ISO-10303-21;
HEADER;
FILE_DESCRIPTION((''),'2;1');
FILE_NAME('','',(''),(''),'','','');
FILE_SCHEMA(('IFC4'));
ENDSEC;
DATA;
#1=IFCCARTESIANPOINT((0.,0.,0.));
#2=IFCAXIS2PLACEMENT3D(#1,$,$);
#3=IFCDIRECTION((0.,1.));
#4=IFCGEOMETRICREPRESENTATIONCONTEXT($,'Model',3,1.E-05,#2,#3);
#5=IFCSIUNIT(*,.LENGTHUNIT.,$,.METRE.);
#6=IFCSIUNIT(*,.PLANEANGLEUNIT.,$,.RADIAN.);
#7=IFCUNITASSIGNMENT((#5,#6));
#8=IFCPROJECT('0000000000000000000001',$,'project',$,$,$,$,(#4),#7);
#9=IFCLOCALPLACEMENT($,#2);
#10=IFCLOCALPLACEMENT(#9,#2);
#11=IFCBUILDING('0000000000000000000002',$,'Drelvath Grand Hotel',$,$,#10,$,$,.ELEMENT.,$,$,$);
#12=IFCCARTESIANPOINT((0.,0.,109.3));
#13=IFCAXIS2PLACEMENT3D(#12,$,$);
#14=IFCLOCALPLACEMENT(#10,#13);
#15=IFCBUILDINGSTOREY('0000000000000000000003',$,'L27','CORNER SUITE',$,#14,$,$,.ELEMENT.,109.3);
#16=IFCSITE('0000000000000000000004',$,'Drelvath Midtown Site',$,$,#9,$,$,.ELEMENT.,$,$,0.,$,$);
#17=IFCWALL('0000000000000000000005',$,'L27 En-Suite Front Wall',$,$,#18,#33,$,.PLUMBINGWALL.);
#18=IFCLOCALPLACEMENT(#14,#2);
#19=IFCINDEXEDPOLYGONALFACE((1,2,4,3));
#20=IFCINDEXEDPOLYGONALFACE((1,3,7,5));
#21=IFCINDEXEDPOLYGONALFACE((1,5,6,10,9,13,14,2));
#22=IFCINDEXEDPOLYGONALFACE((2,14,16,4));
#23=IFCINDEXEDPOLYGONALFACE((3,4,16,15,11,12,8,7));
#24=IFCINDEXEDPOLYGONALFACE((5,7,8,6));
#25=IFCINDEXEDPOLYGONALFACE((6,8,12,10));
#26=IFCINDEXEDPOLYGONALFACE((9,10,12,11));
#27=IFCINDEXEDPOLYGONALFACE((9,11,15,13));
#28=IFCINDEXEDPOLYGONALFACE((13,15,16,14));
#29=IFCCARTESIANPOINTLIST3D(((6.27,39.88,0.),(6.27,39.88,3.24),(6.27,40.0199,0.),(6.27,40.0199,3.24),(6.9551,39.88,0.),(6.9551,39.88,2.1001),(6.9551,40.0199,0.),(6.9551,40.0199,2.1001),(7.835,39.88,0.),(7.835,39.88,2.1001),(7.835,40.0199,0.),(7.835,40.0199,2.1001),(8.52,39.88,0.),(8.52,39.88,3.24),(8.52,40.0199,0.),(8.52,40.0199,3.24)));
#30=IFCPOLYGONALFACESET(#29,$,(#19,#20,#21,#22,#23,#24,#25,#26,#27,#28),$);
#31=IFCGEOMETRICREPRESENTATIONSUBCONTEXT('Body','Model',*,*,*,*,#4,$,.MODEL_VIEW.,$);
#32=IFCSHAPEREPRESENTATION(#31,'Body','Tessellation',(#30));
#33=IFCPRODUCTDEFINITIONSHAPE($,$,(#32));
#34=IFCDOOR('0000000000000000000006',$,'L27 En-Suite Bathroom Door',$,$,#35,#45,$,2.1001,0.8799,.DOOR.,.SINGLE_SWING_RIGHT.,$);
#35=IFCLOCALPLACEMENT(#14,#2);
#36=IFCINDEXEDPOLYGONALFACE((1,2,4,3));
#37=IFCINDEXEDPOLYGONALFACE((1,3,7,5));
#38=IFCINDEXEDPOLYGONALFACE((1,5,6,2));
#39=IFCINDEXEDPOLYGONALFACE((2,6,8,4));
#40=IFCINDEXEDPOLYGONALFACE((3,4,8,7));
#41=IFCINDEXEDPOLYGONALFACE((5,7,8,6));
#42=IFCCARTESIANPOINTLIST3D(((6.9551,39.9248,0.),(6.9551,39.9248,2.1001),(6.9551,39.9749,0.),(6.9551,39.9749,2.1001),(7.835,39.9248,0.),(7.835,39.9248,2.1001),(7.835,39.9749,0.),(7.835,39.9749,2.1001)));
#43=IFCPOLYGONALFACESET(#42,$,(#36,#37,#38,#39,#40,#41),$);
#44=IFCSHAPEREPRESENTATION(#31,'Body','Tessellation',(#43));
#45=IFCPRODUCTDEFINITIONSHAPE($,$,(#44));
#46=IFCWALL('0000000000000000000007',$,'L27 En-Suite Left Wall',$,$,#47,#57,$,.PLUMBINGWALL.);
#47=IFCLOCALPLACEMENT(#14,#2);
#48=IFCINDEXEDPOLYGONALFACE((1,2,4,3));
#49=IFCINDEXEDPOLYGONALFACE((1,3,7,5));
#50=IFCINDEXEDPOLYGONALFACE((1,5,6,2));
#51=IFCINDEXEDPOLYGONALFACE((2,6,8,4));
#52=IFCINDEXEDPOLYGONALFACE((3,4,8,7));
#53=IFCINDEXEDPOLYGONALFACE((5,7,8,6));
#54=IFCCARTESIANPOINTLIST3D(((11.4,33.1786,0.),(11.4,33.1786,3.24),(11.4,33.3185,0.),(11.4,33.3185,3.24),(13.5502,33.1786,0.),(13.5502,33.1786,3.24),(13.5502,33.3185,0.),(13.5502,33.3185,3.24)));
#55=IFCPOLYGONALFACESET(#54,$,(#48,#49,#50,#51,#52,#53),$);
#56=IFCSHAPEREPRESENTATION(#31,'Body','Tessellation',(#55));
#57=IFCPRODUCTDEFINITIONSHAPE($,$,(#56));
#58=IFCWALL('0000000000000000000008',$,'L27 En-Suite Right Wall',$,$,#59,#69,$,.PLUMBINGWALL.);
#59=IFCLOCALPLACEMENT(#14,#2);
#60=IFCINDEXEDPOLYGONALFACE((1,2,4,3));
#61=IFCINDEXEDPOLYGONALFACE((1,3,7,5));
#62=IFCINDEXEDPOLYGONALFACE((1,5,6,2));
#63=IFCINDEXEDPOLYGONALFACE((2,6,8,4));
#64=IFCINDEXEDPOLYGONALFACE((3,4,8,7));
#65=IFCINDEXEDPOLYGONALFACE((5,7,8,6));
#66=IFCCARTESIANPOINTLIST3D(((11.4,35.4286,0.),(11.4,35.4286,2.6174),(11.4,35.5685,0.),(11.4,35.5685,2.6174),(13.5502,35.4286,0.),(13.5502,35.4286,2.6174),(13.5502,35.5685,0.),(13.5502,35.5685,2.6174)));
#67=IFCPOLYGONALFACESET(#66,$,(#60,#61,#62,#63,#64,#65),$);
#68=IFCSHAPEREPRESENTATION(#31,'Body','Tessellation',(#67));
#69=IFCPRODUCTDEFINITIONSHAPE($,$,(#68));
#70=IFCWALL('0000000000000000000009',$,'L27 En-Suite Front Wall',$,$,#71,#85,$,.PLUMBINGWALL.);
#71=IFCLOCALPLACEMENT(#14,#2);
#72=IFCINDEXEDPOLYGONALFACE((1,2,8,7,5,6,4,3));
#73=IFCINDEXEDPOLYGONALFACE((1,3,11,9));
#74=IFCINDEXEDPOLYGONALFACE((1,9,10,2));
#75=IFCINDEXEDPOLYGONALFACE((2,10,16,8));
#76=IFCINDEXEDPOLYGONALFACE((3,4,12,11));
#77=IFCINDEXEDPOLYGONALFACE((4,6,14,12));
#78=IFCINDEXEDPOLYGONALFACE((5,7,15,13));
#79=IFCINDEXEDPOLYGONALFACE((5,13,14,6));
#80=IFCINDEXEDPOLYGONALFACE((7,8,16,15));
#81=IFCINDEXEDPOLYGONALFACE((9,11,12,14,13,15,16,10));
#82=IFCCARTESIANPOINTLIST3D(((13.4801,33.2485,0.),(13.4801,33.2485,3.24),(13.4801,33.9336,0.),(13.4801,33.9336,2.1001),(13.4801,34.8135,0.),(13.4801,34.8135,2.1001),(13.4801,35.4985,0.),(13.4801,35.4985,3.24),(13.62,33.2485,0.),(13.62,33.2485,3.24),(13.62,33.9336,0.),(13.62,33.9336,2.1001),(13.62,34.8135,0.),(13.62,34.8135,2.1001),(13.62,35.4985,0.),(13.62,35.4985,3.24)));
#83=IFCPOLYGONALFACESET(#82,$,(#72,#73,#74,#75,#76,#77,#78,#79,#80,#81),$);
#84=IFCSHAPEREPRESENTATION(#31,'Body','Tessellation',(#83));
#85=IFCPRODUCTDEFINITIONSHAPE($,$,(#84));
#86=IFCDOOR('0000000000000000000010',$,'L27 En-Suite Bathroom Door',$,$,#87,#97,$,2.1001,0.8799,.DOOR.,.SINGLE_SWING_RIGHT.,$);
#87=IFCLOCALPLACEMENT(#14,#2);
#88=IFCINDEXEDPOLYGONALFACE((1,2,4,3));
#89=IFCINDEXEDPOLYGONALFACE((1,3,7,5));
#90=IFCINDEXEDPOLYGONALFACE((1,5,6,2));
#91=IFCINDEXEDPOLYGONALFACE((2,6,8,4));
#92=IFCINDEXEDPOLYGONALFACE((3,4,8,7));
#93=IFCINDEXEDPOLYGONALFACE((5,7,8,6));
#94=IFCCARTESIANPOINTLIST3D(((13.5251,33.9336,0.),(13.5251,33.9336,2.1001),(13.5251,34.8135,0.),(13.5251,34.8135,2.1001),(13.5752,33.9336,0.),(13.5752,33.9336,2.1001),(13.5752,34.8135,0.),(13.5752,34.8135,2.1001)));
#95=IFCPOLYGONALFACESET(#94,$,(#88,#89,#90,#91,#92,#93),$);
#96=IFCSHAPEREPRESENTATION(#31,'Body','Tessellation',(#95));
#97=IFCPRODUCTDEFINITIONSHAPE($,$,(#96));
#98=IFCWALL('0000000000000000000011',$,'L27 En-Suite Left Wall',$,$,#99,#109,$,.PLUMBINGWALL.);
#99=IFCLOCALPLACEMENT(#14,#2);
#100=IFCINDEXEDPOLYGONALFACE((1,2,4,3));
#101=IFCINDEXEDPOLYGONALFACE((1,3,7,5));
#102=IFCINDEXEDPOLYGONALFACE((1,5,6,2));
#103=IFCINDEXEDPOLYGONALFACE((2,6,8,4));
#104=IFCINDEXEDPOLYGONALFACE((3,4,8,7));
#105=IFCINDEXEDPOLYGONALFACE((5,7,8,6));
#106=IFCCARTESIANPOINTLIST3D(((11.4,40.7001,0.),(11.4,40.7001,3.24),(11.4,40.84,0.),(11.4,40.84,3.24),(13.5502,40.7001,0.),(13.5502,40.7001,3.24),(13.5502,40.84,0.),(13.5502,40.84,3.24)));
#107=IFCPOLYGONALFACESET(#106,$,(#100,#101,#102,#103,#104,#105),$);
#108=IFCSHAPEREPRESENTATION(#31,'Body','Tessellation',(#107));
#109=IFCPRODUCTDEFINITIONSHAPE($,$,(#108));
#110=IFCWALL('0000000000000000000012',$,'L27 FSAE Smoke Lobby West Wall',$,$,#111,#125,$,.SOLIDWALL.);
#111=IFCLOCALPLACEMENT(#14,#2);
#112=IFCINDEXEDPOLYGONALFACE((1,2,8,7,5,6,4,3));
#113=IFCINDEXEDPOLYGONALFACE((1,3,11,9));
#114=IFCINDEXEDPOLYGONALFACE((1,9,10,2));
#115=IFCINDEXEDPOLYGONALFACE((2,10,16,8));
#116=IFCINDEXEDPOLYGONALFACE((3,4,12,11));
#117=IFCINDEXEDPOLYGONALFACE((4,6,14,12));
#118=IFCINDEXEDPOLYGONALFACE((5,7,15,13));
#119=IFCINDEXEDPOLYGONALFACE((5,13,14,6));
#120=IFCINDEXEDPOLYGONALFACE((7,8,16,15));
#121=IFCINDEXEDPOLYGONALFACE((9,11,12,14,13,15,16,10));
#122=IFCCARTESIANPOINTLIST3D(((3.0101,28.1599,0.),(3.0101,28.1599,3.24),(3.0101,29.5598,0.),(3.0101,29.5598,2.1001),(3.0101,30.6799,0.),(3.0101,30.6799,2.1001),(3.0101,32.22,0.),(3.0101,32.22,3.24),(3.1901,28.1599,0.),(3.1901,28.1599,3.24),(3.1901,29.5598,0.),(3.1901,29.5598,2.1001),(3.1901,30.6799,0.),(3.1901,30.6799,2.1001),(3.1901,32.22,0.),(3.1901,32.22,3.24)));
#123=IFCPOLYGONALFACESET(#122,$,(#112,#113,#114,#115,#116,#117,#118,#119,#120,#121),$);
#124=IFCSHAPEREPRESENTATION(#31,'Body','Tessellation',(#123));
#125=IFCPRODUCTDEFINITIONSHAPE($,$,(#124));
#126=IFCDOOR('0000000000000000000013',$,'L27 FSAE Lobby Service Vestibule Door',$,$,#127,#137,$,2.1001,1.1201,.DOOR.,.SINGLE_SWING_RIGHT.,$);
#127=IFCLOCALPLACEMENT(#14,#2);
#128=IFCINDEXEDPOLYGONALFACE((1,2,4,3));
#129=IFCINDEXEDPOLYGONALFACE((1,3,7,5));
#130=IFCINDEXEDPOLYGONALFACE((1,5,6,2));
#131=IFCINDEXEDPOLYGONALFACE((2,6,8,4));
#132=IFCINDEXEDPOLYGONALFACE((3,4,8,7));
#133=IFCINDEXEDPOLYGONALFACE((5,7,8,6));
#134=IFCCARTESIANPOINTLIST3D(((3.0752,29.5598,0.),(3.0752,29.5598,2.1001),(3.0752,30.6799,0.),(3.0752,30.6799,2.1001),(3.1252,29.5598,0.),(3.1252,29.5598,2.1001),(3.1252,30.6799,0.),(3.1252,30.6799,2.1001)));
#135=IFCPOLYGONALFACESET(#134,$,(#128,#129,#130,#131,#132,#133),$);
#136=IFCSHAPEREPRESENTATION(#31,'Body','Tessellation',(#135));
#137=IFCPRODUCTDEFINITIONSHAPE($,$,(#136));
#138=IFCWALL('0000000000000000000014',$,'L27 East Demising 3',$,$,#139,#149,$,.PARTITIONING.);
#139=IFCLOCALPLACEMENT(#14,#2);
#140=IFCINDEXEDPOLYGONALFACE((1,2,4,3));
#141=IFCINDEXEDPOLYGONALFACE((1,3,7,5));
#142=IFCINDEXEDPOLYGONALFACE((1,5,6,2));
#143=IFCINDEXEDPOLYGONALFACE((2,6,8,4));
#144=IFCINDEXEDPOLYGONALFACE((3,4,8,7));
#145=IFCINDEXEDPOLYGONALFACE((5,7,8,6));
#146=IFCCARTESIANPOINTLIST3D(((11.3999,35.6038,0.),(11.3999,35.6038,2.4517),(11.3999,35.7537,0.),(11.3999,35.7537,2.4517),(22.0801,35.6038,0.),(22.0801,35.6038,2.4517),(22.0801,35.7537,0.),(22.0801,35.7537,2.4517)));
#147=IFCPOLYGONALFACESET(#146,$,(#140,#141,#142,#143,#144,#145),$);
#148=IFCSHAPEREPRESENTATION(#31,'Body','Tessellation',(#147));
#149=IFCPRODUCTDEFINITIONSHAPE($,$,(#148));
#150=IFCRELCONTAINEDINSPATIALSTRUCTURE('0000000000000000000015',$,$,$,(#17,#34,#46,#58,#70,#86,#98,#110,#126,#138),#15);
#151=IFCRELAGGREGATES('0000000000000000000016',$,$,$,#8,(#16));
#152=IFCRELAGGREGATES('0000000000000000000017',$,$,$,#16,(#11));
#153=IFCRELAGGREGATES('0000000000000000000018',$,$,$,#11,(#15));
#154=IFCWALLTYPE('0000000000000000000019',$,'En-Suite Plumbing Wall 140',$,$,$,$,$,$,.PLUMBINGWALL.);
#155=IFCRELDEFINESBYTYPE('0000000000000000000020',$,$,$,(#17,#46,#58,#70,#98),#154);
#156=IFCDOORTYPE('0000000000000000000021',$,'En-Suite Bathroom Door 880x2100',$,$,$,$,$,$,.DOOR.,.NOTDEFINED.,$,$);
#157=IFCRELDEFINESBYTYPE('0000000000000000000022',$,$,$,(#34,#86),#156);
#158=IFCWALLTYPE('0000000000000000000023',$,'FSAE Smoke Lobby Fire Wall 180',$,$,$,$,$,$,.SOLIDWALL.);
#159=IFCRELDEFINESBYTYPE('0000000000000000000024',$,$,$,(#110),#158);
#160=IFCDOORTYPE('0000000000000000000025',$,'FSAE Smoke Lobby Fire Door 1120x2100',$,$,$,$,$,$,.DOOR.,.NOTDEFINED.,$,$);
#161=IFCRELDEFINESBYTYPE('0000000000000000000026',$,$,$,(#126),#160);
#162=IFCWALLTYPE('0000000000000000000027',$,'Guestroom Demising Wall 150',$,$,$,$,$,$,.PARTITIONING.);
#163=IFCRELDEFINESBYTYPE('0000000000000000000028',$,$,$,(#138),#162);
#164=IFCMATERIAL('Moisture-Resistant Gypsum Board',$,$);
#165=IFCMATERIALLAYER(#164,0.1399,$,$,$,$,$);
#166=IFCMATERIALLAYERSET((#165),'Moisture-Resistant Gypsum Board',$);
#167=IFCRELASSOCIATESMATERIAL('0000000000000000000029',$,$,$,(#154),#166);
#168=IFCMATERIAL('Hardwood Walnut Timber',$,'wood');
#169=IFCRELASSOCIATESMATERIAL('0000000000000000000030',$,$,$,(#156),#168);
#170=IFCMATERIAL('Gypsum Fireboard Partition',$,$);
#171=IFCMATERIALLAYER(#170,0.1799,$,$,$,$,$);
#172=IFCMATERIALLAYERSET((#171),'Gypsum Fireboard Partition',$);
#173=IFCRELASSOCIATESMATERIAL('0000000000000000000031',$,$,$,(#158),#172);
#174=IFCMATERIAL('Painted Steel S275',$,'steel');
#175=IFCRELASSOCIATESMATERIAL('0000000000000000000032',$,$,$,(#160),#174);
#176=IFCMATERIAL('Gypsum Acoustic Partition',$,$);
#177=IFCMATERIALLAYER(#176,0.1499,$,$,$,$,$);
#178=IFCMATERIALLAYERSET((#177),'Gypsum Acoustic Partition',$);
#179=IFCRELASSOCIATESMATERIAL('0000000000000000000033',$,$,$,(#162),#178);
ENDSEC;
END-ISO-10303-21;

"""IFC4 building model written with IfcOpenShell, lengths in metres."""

from ifc_helpers import new_model, si_unit, direction, frame, frame_2d, origin, place, context, subcontext, project, spatial, rectangle, extrude, material, layer, layer_set, type_object, element, fill, save


model = new_model("IFC4")

# Units and contexts
model_context = context("Model", 3, precision=1e-05, world=origin(), true_north=direction((0.0, 1.0)))
body_context = subcontext(model_context, "Body", "Model", "MODEL_VIEW")
ifc_project = project(units=[si_unit("LENGTHUNIT", "METRE"), si_unit("PLANEANGLEUNIT", "RADIAN")], contexts=[model_context])

# Site, building, storey
site_placement = place(None, origin())
site = spatial("IfcSite", under=ifc_project, at=site_placement, Name="Drelvath Midtown Site", CompositionType="ELEMENT", RefElevation=0.0)
building_placement = place(site_placement, origin())
building = spatial("IfcBuilding", under=site, at=building_placement, Name="Drelvath Grand Hotel", CompositionType="ELEMENT")
storey_placement = place(building_placement, frame((0.0, 0.0, 109.3)))
storey = spatial("IfcBuildingStorey", under=building, at=storey_placement, Name="L27", Description="CORNER SUITE", CompositionType="ELEMENT", Elevation=109.3)

# Shared definitions
ifc_material_1 = material(Name="Painted Steel S275", Category="steel")

# Shared definitions
ifc_material_2 = material(Name="Gypsum Fireboard Partition")
ifc_material_3 = material(Name="Moisture-Resistant Gypsum Board")
ifc_layer_1 = layer(ifc_material_3, 0.1399)
ifc_layer_set_1 = layer_set([ifc_layer_1], Name="Moisture-Resistant Gypsum Board")
wall_type_1 = type_object("IfcWallType", Name="En-Suite Plumbing Wall 140", PredefinedType="PLUMBINGWALL", material=ifc_layer_set_1)

# Wall, opening, door
wall_1_placement = place(storey_placement, frame((6.27, 39.95, 0.0), z_axis=(0.0, 0.0, 1.0), x_axis=(1.0, 0.0, 0.0)))
wall_1 = element("IfcWall", 1, at=wall_1_placement, inside=storey, type_object=wall_type_1, Name="L27 En-Suite Front Wall", PredefinedType="PLUMBINGWALL", context=body_context, shape_type="SweptSolid", body=[
    extrude(rectangle(XDim=2.25, YDim=0.1399, at=frame_2d((1.125, 0.0))), origin(), (0.0, 0.0, 1.0), 3.24),
])
opening_1_placement = place(wall_1_placement, frame((0.6851, 0.0, 0.0)))
opening_1 = element("IfcOpeningElement", 2, at=opening_1_placement, cuts=wall_1, PredefinedType="OPENING", context=body_context, shape_type="SweptSolid", body=[
    extrude(rectangle(XDim=0.8799, YDim=2.1001, at=frame_2d((0.4399, 1.05))), frame((0.0, 0.0798, 0.0), z_axis=(0.0, -1.0, 0.0), x_axis=(1.0, 0.0, 0.0)), (0.0, 0.0, 1.0), 0.1599),
])
ifc_material_4 = material(Name="Hardwood Walnut Timber", Category="wood")
door_type_1 = type_object("IfcDoorType", Name="En-Suite Bathroom Door 880x2100", OperationType="NOTDEFINED", PredefinedType="DOOR", material=ifc_material_4)
door_1_placement = place(opening_1_placement, origin())
door_1 = element("IfcDoor", 3, at=door_1_placement, inside=storey, type_object=door_type_1, Name="L27 En-Suite Bathroom Door", OperationType="SINGLE_SWING_RIGHT", OverallHeight=2.1001, OverallWidth=0.8799, PredefinedType="DOOR", context=body_context, shape_type="SweptSolid", body=[
    extrude(rectangle(XDim=0.8799, YDim=2.1001, at=frame_2d((0.4399, 1.05))), frame((0.0, 0.0249, 0.0), z_axis=(0.0, -1.0, 0.0), x_axis=(1.0, 0.0, 0.0)), (0.0, 0.0, 1.0), 0.05),
])
fill(opening_1, door_1)

# Walls
wall_2_placement = place(storey_placement, frame((11.3999, 33.2485, 0.0), z_axis=(0.0, 0.0, 1.0), x_axis=(1.0, 0.0, 0.0)))
element("IfcWall", 4, at=wall_2_placement, inside=storey, type_object=wall_type_1, Name="L27 En-Suite Left Wall", PredefinedType="PLUMBINGWALL", context=body_context, shape_type="SweptSolid", body=[
    extrude(rectangle(XDim=2.1501, YDim=0.1399, at=frame_2d((1.0752, 0.0))), origin(), (0.0, 0.0, 1.0), 3.24),
])
wall_3_placement = place(storey_placement, frame((11.3999, 35.4985, 0.0), z_axis=(0.0, 0.0, 1.0), x_axis=(1.0, 0.0, 0.0)))
element("IfcWall", 5, at=wall_3_placement, inside=storey, type_object=wall_type_1, Name="L27 En-Suite Right Wall", PredefinedType="PLUMBINGWALL", context=body_context, shape_type="SweptSolid", body=[
    extrude(rectangle(XDim=2.1501, YDim=0.1399, at=frame_2d((1.0752, 0.0))), origin(), (0.0, 0.0, 1.0), 2.6174),
])

# Wall, opening, door
wall_4_placement = place(storey_placement, frame((13.55, 33.2485, 0.0), z_axis=(0.0, 0.0, 1.0), x_axis=(0.0, 1.0, 0.0)))
wall_4 = element("IfcWall", 6, at=wall_4_placement, inside=storey, type_object=wall_type_1, Name="L27 En-Suite Front Wall", PredefinedType="PLUMBINGWALL", context=body_context, shape_type="SweptSolid", body=[
    extrude(rectangle(XDim=2.25, YDim=0.1399, at=frame_2d((1.125, 0.0))), origin(), (0.0, 0.0, 1.0), 3.24),
])
opening_2_placement = place(wall_4_placement, frame((0.6851, 0.0, 0.0)))
opening_2 = element("IfcOpeningElement", 7, at=opening_2_placement, cuts=wall_4, PredefinedType="OPENING", context=body_context, shape_type="SweptSolid", body=[
    extrude(rectangle(XDim=0.8799, YDim=2.1001, at=frame_2d((0.4399, 1.05))), frame((0.0, 0.0798, 0.0), z_axis=(0.0, -1.0, 0.0), x_axis=(1.0, 0.0, 0.0)), (0.0, 0.0, 1.0), 0.1599),
])
door_2_placement = place(opening_2_placement, origin())
door_2 = element("IfcDoor", 8, at=door_2_placement, inside=storey, type_object=door_type_1, Name="L27 En-Suite Bathroom Door", OperationType="SINGLE_SWING_RIGHT", OverallHeight=2.1001, OverallWidth=0.8799, PredefinedType="DOOR", context=body_context, shape_type="SweptSolid", body=[
    extrude(rectangle(XDim=0.8799, YDim=2.1001, at=frame_2d((0.4399, 1.05))), frame((0.0, 0.0249, 0.0), z_axis=(0.0, -1.0, 0.0), x_axis=(1.0, 0.0, 0.0)), (0.0, 0.0, 1.0), 0.05),
])
fill(opening_2, door_2)

# Wall
wall_5_placement = place(storey_placement, frame((11.3999, 40.77, 0.0), z_axis=(0.0, 0.0, 1.0), x_axis=(1.0, 0.0, 0.0)))
element("IfcWall", 9, at=wall_5_placement, inside=storey, type_object=wall_type_1, Name="L27 En-Suite Left Wall", PredefinedType="PLUMBINGWALL", context=body_context, shape_type="SweptSolid", body=[
    extrude(rectangle(XDim=2.1501, YDim=0.1399, at=frame_2d((1.0752, 0.0))), origin(), (0.0, 0.0, 1.0), 3.24),
])

# Wall, opening, door
ifc_layer_2 = layer(ifc_material_2, 0.1799)
ifc_layer_set_2 = layer_set([ifc_layer_2], Name="Gypsum Fireboard Partition")
wall_type_2 = type_object("IfcWallType", Name="FSAE Smoke Lobby Fire Wall 180", PredefinedType="SOLIDWALL", material=ifc_layer_set_2)
wall_6_placement = place(storey_placement, frame((3.1001, 28.1599, 0.0), z_axis=(0.0, 0.0, 1.0), x_axis=(0.0, 1.0, 0.0)))
wall_6 = element("IfcWall", 10, at=wall_6_placement, inside=storey, type_object=wall_type_2, Name="L27 FSAE Smoke Lobby West Wall", PredefinedType="SOLIDWALL", context=body_context, shape_type="SweptSolid", body=[
    extrude(rectangle(XDim=4.0601, YDim=0.1799, at=frame_2d((2.03, 0.0))), origin(), (0.0, 0.0, 1.0), 3.24),
])
opening_3_placement = place(wall_6_placement, frame((1.3999, 0.0, 0.0)))
opening_3 = element("IfcOpeningElement", 11, at=opening_3_placement, cuts=wall_6, PredefinedType="OPENING", context=body_context, shape_type="SweptSolid", body=[
    extrude(rectangle(XDim=1.1201, YDim=2.1001, at=frame_2d((0.5601, 1.05))), frame((0.0, 0.0999, 0.0), z_axis=(0.0, -1.0, 0.0), x_axis=(1.0, 0.0, 0.0)), (0.0, 0.0, 1.0), 0.2),
])
door_type_2 = type_object("IfcDoorType", Name="FSAE Smoke Lobby Fire Door 1120x2100", OperationType="NOTDEFINED", PredefinedType="DOOR", material=ifc_material_1)
door_3_placement = place(opening_3_placement, origin())
door_3 = element("IfcDoor", 12, at=door_3_placement, inside=storey, type_object=door_type_2, Name="L27 FSAE Lobby Service Vestibule Door", OperationType="SINGLE_SWING_RIGHT", OverallHeight=2.1001, OverallWidth=1.1201, PredefinedType="DOOR", context=body_context, shape_type="SweptSolid", body=[
    extrude(rectangle(XDim=1.1201, YDim=2.1001, at=frame_2d((0.5601, 1.05))), frame((0.0, 0.0249, 0.0), z_axis=(0.0, -1.0, 0.0), x_axis=(1.0, 0.0, 0.0)), (0.0, 0.0, 1.0), 0.05),
])
fill(opening_3, door_3)

# Wall
ifc_material_5 = material(Name="Gypsum Acoustic Partition")
ifc_layer_3 = layer(ifc_material_5, 0.1499)
ifc_layer_set_3 = layer_set([ifc_layer_3], Name="Gypsum Acoustic Partition")
wall_type_3 = type_object("IfcWallType", Name="Guestroom Demising Wall 150", PredefinedType="PARTITIONING", material=ifc_layer_set_3)
wall_7_placement = place(storey_placement, frame((11.3999, 35.6787, 0.0), z_axis=(0.0, 0.0, 1.0), x_axis=(1.0, 0.0, 0.0)))
element("IfcWall", 13, at=wall_7_placement, inside=storey, type_object=wall_type_3, Name="L27 East Demising 3", PredefinedType="PARTITIONING", context=body_context, shape_type="SweptSolid", body=[
    extrude(rectangle(XDim=10.6802, YDim=0.1499, at=frame_2d((5.3401, 0.0))), origin(), (0.0, 0.0, 1.0), 2.4517),
])

save(model, "model.ifc")
